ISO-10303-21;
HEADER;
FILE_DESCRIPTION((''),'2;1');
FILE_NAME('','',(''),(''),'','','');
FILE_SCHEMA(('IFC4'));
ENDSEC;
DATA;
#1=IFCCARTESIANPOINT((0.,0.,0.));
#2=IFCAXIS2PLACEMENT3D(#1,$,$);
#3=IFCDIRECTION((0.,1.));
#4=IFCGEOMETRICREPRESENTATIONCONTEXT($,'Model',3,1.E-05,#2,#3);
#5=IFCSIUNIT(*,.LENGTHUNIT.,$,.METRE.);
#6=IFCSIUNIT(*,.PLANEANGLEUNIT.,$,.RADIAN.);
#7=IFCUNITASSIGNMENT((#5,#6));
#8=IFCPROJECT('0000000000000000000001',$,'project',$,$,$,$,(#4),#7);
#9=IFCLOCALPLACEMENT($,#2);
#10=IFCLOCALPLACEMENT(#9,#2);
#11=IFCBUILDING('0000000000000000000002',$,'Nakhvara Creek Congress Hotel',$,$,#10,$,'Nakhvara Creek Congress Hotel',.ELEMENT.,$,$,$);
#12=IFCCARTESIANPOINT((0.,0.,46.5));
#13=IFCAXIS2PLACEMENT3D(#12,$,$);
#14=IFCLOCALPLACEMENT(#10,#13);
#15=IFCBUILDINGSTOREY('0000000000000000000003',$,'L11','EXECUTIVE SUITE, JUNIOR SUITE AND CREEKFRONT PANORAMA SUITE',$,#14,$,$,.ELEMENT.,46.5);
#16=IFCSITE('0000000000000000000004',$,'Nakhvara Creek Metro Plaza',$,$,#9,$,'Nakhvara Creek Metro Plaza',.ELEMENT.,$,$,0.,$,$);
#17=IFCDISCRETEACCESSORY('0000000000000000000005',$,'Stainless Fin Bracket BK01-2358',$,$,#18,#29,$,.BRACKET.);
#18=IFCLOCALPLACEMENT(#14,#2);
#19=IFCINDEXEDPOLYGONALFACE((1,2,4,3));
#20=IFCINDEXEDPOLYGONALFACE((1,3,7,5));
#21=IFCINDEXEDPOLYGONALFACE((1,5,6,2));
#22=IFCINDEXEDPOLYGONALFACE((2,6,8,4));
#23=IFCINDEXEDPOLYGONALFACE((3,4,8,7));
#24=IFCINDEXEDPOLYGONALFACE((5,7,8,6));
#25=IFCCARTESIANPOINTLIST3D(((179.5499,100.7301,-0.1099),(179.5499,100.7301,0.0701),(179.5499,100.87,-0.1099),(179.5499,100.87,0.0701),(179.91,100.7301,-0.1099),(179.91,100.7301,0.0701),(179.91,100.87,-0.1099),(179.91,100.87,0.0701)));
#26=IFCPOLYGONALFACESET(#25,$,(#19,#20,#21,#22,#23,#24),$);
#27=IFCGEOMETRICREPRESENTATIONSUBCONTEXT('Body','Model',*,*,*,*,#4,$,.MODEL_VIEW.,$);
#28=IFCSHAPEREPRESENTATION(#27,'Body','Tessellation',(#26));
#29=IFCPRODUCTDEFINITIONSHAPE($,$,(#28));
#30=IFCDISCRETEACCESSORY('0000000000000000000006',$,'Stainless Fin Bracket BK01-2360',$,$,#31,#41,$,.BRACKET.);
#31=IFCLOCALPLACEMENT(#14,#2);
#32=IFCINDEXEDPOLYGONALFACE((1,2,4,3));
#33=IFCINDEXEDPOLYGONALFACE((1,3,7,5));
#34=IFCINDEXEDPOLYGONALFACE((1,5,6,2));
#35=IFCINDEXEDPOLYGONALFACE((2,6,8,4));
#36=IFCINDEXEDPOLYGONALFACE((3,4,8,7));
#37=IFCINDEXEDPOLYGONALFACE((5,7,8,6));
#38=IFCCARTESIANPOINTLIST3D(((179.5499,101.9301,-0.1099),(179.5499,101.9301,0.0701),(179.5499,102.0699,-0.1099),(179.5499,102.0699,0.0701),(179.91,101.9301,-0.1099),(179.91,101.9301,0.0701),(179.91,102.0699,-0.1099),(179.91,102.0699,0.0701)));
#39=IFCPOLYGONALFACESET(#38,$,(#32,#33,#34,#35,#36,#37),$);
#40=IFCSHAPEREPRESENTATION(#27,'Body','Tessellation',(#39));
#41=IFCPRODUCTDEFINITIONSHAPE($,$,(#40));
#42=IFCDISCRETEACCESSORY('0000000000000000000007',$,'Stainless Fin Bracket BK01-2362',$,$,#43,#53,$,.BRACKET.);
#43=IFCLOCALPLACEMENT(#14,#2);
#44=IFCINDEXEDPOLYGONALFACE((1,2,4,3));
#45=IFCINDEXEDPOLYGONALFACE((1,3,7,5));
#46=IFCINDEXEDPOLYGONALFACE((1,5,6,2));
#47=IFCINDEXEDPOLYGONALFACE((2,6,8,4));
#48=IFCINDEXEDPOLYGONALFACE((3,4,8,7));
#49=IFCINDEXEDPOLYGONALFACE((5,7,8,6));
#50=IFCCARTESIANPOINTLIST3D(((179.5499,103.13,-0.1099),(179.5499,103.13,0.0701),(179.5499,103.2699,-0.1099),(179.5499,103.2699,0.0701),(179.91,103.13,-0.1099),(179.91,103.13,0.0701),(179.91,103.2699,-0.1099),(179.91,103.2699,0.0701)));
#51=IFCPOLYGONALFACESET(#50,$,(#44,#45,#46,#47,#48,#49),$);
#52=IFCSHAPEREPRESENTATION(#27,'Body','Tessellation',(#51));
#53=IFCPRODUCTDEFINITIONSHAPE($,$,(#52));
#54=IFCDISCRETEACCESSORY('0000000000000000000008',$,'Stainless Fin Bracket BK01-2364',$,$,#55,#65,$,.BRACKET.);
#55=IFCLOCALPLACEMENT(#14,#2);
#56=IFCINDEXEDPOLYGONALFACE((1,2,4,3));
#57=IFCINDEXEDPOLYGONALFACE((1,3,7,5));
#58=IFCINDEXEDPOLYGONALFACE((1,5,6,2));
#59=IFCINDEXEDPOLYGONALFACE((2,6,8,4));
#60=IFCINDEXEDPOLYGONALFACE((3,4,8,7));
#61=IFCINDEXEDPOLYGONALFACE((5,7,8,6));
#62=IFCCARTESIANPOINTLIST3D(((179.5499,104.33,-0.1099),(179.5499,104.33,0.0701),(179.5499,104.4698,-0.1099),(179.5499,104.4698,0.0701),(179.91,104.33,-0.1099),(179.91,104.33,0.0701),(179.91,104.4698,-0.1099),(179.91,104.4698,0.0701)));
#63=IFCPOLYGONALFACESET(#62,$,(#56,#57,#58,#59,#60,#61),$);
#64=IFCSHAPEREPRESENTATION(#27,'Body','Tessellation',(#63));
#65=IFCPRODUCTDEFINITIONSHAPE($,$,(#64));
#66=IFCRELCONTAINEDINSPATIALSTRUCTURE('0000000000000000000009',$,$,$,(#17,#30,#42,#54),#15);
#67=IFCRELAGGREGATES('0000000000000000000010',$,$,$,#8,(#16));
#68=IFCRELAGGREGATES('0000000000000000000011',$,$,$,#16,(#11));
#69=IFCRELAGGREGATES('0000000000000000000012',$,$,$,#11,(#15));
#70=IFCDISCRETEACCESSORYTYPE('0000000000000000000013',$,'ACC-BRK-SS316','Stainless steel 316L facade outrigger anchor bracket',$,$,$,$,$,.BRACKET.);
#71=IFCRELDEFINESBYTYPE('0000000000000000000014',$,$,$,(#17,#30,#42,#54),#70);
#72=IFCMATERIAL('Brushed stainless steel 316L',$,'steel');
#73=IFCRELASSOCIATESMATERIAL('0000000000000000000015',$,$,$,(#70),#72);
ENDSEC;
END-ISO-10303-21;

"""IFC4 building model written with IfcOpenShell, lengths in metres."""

from ifc_helpers import new_model, si_unit, direction, frame, origin, origin_2d, place, context, subcontext, project, spatial, rectangle, extrude, material, type_object, element, save


model = new_model("IFC4")

# Units and contexts
model_context = context("Model", 3, precision=1e-05, world=origin(), true_north=direction((0.0, 1.0)))
body_context = subcontext(model_context, "Body", "Model", "MODEL_VIEW")
ifc_project = project(units=[si_unit("LENGTHUNIT", "METRE"), si_unit("PLANEANGLEUNIT", "RADIAN")], contexts=[model_context])

# Site, building, storey
site_placement = place(None, origin())
site = spatial("IfcSite", under=ifc_project, at=site_placement, Name="Nakhvara Creek Metro Plaza", LongName="Nakhvara Creek Metro Plaza", CompositionType="ELEMENT", RefElevation=0.0)
building_placement = place(site_placement, origin())
building = spatial("IfcBuilding", under=site, at=building_placement, Name="Nakhvara Creek Congress Hotel", LongName="Nakhvara Creek Congress Hotel", CompositionType="ELEMENT")
storey_placement = place(building_placement, frame((0.0, 0.0, 46.5)))
storey = spatial("IfcBuildingStorey", under=building, at=storey_placement, Name="L11", Description="EXECUTIVE SUITE, JUNIOR SUITE AND CREEKFRONT PANORAMA SUITE", CompositionType="ELEMENT", Elevation=46.5)

# Discrete accessories
ifc_material_1 = material(Name="Brushed stainless steel 316L", Category="steel")
discrete_accessory_type = type_object("IfcDiscreteAccessoryType", Name="ACC-BRK-SS316", Description="Stainless steel 316L facade outrigger anchor bracket", PredefinedType="BRACKET", material=ifc_material_1)
for number, where, z_axis, x_axis, name in (
    (1, (179.73, 100.8, -0.1099), (0.0, 0.0, 1.0), (0.0, 1.0, 0.0), "Stainless Fin Bracket BK01-2358"),
    (2, (179.73, 102.0, -0.1099), (0.0, 0.0, 1.0), (0.0, 1.0, 0.0), "Stainless Fin Bracket BK01-2360"),
    (3, (179.73, 103.2, -0.1099), (0.0, 0.0, 1.0), (0.0, 1.0, 0.0), "Stainless Fin Bracket BK01-2362"),
    (4, (179.73, 104.3999, -0.1099), (0.0, 0.0, 1.0), (0.0, 1.0, 0.0), "Stainless Fin Bracket BK01-2364"),
):
    element("IfcDiscreteAccessory", number, at=place(storey_placement, frame(where, z_axis=z_axis, x_axis=x_axis)), inside=storey, type_object=discrete_accessory_type, Name=name, PredefinedType="BRACKET", context=body_context, shape_type="SweptSolid", body=[
        extrude(rectangle(XDim=0.1399, YDim=0.3601, at=origin_2d()), origin(), (0.0, 0.0, 1.0), 0.1799),
    ])

save(model, "model.ifc")
